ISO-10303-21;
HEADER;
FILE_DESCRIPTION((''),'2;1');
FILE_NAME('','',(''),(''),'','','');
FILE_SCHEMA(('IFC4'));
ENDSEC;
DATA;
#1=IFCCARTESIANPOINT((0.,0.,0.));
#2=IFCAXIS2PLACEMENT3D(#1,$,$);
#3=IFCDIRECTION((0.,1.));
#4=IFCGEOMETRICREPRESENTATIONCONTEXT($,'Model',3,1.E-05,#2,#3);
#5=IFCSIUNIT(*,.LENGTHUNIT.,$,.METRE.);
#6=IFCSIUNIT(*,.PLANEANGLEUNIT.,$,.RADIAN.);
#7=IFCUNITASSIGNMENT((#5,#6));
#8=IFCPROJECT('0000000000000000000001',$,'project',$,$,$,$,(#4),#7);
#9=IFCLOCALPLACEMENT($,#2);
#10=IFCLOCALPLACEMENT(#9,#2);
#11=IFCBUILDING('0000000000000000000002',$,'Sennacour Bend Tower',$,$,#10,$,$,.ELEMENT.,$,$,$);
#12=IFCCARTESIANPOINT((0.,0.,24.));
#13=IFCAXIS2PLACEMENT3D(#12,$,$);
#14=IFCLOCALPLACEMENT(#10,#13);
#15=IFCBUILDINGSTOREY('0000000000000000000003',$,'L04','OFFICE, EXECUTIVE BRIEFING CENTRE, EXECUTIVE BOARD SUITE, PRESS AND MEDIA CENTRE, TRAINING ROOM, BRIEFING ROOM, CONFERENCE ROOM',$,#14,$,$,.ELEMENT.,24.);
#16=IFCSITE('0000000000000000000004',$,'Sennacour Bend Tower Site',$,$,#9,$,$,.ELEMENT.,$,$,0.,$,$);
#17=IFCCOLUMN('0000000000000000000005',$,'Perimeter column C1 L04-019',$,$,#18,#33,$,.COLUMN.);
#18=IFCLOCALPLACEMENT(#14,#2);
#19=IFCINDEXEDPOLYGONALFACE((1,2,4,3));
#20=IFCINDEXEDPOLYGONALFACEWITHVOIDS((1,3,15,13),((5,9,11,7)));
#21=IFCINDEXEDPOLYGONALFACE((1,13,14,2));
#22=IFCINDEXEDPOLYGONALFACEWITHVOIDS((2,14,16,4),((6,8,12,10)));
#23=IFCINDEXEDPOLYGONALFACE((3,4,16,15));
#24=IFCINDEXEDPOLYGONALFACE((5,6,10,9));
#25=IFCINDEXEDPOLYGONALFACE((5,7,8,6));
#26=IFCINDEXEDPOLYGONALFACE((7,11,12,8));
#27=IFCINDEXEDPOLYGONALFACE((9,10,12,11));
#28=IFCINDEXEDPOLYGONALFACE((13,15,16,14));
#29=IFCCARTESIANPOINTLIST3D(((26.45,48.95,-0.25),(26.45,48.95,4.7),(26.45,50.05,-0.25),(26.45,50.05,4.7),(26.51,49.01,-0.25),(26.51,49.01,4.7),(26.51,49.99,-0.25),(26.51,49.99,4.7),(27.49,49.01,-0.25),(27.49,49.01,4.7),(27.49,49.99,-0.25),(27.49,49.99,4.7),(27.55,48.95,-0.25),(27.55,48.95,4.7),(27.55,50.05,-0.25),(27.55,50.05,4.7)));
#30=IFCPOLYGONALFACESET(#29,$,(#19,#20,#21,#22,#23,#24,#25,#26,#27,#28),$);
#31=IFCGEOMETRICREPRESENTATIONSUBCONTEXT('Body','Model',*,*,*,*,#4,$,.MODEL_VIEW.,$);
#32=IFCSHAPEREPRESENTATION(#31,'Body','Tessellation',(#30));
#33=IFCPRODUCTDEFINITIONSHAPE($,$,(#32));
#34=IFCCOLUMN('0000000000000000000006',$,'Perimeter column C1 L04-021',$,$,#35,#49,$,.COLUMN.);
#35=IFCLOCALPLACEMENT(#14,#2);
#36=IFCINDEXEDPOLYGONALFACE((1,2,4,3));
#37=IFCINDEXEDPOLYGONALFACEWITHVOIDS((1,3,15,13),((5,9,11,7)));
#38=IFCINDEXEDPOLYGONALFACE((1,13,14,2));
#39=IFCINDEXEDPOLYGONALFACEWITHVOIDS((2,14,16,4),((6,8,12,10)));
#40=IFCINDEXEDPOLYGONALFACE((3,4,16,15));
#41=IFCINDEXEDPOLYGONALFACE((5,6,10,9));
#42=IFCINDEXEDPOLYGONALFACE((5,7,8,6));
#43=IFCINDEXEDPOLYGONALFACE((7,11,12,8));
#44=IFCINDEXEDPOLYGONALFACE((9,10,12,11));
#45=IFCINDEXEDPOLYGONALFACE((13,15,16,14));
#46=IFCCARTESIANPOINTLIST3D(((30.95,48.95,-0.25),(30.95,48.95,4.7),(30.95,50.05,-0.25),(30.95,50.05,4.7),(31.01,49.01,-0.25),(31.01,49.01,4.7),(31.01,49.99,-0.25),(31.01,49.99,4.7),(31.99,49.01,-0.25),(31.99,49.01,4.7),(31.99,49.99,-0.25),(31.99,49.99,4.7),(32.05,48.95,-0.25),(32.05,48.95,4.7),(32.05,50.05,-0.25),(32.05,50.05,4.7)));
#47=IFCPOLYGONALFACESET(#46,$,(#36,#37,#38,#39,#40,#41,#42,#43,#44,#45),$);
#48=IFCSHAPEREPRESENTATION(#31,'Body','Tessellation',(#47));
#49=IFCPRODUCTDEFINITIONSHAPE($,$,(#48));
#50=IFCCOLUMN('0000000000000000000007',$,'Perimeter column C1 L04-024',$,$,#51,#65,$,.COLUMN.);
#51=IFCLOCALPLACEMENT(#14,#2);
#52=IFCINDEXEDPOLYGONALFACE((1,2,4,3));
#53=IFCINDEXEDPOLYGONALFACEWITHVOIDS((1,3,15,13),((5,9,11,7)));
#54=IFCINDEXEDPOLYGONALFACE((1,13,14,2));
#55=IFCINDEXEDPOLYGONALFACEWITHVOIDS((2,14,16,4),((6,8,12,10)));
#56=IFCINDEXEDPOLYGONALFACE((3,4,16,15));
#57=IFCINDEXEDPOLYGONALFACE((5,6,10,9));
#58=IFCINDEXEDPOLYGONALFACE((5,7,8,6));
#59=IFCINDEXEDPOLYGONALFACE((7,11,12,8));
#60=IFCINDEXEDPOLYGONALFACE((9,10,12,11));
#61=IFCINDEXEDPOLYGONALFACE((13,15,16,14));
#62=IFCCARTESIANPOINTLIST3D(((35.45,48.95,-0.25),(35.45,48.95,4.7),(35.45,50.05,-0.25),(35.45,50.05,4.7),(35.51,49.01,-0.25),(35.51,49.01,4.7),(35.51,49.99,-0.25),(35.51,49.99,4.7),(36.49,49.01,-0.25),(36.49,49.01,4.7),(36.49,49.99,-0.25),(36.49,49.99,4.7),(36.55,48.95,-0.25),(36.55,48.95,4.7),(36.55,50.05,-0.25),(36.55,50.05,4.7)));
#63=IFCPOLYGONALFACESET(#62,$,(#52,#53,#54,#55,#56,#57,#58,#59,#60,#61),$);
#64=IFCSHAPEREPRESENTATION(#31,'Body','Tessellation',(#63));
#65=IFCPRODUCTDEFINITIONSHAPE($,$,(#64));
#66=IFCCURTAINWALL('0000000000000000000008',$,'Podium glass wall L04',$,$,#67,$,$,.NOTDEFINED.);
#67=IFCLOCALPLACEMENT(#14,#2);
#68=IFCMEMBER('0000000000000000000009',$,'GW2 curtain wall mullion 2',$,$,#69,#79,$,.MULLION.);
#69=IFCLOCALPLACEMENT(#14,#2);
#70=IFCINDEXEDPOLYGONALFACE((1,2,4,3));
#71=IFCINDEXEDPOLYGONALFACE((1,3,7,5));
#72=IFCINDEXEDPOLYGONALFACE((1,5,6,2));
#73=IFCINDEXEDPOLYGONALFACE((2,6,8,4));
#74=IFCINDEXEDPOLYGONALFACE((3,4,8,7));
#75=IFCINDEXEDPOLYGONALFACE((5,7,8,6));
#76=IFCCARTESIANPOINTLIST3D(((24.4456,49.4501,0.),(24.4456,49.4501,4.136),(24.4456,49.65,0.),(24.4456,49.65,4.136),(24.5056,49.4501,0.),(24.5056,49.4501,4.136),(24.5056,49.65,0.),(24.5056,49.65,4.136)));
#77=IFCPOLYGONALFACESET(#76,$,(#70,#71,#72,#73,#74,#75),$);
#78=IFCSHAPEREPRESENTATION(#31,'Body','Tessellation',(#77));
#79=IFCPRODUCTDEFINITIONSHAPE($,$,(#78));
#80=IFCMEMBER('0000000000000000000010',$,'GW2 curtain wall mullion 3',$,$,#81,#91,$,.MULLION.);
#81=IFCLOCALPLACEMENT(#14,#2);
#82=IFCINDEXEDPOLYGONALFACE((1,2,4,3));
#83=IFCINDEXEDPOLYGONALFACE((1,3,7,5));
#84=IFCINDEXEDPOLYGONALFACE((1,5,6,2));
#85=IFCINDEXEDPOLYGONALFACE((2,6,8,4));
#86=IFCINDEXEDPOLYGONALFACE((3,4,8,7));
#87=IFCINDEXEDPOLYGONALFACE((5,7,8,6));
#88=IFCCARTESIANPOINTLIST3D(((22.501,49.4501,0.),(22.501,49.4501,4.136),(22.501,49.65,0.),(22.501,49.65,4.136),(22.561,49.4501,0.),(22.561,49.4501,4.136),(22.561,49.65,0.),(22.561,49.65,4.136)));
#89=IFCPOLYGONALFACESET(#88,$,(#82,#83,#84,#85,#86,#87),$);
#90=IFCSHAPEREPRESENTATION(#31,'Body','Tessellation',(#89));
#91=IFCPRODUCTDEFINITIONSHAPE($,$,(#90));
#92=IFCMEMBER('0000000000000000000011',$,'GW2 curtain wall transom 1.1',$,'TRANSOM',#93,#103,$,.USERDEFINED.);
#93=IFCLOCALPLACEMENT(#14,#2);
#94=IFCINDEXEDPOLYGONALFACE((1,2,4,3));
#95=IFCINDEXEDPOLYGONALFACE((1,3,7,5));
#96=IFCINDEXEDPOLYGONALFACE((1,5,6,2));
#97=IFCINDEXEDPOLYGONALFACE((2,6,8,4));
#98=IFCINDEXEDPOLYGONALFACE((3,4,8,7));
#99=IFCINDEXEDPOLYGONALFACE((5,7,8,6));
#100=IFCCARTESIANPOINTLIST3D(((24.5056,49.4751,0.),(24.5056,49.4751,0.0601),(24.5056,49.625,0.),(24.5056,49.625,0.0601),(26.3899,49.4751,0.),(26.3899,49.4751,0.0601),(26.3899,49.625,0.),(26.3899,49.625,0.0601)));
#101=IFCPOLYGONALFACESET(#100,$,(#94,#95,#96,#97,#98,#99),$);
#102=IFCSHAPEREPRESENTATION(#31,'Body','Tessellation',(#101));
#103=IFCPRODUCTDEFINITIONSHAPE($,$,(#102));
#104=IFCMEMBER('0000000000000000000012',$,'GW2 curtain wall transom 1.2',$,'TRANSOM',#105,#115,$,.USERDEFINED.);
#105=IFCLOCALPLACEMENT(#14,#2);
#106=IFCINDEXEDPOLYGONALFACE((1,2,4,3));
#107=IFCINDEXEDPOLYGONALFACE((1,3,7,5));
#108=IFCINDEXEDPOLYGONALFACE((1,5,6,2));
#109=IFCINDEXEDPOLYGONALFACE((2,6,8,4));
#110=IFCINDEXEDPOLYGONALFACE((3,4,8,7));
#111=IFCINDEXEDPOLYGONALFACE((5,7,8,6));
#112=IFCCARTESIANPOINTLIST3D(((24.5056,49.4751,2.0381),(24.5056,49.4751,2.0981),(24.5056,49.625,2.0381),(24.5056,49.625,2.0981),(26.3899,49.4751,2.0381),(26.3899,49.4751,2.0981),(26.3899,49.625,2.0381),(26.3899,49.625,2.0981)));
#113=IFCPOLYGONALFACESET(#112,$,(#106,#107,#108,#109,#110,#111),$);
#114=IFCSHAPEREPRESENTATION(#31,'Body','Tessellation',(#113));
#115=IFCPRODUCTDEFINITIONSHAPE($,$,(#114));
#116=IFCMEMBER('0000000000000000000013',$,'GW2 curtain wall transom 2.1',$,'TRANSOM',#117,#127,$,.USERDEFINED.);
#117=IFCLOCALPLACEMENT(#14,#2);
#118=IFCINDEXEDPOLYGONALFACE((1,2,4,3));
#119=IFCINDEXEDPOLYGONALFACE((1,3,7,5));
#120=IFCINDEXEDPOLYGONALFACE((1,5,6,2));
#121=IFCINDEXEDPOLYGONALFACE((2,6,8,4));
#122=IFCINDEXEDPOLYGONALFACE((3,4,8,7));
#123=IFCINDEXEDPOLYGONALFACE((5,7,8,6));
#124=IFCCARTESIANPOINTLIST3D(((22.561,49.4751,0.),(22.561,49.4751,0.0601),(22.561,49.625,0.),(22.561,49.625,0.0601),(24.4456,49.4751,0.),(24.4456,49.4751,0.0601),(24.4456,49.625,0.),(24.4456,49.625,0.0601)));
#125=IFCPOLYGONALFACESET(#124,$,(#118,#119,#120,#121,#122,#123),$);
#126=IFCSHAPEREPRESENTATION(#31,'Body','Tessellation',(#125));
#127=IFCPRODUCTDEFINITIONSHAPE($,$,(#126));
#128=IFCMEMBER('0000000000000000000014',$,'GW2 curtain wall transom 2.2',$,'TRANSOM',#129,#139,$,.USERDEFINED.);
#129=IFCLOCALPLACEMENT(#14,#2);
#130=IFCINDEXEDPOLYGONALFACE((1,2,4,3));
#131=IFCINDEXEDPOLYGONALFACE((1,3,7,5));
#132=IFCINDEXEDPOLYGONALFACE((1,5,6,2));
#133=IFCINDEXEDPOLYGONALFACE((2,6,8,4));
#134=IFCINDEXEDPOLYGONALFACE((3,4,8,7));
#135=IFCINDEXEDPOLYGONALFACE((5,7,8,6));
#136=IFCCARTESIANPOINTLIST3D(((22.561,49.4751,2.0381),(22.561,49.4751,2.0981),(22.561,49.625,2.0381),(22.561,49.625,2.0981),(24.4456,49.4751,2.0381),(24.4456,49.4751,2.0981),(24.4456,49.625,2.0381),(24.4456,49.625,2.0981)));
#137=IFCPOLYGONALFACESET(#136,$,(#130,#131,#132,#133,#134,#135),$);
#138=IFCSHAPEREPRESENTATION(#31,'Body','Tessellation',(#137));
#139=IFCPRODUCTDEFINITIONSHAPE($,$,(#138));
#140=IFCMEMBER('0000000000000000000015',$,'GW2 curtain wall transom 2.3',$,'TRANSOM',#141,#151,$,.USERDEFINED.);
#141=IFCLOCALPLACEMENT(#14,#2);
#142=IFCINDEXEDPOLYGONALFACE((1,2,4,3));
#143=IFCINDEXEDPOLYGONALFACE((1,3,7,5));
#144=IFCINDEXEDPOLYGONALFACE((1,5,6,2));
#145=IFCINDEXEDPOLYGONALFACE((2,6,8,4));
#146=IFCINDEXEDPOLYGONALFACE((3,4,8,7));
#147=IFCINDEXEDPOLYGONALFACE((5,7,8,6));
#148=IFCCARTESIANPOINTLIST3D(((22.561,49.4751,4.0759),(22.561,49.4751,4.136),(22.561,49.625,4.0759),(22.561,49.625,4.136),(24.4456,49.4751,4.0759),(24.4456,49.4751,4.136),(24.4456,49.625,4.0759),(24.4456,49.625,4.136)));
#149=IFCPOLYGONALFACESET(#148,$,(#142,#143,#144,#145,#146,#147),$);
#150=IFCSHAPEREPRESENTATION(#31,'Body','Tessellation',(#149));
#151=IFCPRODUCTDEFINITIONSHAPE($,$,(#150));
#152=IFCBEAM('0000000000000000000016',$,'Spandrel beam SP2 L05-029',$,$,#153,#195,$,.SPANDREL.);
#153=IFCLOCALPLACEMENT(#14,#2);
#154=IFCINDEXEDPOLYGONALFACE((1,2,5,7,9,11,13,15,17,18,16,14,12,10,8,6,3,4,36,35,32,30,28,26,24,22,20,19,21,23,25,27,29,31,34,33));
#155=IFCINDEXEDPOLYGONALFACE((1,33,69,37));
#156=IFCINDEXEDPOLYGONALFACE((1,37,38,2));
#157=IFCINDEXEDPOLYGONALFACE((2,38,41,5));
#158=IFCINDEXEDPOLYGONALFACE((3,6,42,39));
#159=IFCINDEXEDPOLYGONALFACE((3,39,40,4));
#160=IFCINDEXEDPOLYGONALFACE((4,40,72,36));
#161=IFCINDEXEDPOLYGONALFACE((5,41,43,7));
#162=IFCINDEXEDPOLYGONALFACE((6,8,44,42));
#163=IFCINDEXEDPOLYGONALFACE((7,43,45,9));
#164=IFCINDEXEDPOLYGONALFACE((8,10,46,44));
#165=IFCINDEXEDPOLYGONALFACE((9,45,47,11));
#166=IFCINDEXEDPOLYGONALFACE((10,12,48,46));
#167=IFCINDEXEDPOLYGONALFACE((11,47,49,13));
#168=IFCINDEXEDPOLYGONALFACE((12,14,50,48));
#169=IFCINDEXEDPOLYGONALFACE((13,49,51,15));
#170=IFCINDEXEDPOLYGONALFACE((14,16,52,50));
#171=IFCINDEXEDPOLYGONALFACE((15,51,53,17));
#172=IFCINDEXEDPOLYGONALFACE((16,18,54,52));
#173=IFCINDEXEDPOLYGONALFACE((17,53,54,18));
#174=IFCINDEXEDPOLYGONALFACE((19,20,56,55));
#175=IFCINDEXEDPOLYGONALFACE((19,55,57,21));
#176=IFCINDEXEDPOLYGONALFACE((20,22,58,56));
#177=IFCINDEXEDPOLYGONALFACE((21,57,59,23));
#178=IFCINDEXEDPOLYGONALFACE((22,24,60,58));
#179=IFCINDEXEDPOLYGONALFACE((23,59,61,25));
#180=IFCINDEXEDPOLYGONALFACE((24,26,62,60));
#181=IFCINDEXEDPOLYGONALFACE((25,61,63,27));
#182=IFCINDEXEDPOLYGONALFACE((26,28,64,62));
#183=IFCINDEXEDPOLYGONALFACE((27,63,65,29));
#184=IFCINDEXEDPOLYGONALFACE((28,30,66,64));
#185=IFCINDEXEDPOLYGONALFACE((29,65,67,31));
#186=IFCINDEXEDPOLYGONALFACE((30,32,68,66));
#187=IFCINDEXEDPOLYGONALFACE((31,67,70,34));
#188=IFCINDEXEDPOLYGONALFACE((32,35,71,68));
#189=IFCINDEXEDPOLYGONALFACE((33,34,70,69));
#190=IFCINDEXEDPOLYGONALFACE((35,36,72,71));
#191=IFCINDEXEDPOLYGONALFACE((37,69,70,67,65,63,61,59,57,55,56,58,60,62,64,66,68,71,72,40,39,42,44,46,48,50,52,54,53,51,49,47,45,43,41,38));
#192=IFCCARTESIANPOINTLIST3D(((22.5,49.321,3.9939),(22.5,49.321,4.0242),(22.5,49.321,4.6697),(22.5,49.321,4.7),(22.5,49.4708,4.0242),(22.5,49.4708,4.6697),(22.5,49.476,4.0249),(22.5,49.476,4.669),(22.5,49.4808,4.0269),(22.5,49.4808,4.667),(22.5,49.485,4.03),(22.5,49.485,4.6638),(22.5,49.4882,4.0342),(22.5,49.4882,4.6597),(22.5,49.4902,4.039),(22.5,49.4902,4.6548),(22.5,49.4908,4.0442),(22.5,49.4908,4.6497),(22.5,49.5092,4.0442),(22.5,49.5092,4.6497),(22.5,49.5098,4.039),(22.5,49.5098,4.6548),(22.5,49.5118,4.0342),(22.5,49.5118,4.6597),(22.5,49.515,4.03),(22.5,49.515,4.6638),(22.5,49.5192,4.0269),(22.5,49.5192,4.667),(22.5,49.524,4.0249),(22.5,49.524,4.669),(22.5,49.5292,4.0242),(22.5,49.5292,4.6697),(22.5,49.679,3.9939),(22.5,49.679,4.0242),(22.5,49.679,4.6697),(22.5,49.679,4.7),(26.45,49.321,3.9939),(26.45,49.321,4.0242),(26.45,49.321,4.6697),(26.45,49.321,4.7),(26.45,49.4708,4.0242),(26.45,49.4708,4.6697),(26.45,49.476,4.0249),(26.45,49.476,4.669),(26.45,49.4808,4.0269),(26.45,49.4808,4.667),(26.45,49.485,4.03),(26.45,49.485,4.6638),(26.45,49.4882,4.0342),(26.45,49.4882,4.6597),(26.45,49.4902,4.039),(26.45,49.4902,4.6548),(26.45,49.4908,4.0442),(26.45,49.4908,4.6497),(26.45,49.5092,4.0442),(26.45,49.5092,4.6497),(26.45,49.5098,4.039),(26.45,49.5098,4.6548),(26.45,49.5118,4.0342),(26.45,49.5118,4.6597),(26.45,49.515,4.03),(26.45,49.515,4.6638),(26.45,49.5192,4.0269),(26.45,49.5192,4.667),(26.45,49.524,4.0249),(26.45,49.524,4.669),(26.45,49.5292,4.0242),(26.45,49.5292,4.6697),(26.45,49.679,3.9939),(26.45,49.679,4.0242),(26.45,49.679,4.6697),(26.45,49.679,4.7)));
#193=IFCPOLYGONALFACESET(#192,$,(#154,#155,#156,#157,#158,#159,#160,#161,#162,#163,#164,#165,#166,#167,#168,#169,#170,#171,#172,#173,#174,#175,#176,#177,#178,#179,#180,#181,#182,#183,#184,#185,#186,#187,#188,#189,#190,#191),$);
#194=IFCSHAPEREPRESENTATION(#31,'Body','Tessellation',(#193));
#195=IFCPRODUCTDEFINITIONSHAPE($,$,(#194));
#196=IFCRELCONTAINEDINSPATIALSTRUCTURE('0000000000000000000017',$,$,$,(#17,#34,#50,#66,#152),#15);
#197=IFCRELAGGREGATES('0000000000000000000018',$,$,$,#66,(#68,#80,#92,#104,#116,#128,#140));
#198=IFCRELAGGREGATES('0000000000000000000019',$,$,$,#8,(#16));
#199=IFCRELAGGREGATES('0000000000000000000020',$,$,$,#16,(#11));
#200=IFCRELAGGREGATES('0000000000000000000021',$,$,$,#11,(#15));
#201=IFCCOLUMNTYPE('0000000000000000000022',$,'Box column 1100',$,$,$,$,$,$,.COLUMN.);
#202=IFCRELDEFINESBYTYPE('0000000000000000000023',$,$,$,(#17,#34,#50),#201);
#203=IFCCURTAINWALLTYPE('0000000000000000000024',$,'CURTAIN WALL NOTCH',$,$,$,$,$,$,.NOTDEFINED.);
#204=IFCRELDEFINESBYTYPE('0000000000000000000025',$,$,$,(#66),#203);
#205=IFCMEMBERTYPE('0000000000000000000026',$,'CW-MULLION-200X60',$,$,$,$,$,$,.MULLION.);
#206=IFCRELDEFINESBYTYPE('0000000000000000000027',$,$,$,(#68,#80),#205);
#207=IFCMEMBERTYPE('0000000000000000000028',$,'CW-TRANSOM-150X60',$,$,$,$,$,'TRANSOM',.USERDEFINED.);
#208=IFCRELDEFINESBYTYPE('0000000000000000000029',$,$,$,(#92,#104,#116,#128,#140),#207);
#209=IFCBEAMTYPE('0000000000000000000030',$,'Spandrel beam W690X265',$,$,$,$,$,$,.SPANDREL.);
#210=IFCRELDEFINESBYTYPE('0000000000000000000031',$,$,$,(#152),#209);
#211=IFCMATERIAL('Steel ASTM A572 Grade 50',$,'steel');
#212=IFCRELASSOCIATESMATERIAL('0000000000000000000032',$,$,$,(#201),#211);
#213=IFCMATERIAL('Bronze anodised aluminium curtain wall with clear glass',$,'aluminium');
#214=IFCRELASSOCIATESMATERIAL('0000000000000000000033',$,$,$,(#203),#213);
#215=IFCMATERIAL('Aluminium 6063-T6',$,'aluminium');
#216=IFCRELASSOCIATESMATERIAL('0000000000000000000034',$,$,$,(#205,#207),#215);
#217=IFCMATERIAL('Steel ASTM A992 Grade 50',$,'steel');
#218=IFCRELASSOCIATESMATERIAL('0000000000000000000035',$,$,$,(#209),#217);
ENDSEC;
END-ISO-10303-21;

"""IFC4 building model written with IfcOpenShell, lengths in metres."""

from ifc_helpers import new_model, si_unit, direction, frame, origin, origin_2d, place, context, subcontext, project, spatial, rectangle, hollow_rectangle, i_section, extrude, material, material_profile, profile_set, type_object, element, aggregate, save


model = new_model("IFC4")

# Units and contexts
model_context = context("Model", 3, precision=1e-05, world=origin(), true_north=direction((0.0, 1.0)))
body_context = subcontext(model_context, "Body", "Model", "MODEL_VIEW")
ifc_project = project(units=[si_unit("LENGTHUNIT", "METRE"), si_unit("PLANEANGLEUNIT", "RADIAN")], contexts=[model_context])

# Site, building, storey
site_placement = place(None, origin())
site = spatial("IfcSite", under=ifc_project, at=site_placement, Name="Sennacour Bend Tower Site", CompositionType="ELEMENT", RefElevation=0.0)
building_placement = place(site_placement, origin())
building = spatial("IfcBuilding", under=site, at=building_placement, Name="Sennacour Bend Tower", CompositionType="ELEMENT")
storey_placement = place(building_placement, frame((0.0, 0.0, 24.0)))
storey = spatial("IfcBuildingStorey", under=building, at=storey_placement, Name="L04", Description="OFFICE, EXECUTIVE BRIEFING CENTRE, EXECUTIVE BOARD SUITE, PRESS AND MEDIA CENTRE, TRAINING ROOM, BRIEFING ROOM, CONFERENCE ROOM", CompositionType="ELEMENT", Elevation=24.0)

# Columns
ifc_material_1 = material(Name="Steel ASTM A572 Grade 50", Category="steel")
ifc_material_profile_1 = material_profile(ifc_material_1, hollow_rectangle(XDim=1.1001, YDim=1.1001, WallThickness=0.0601, at=origin_2d()), Name="Steel ASTM A572 Grade 50", Category="steel")
ifc_profile_set_1 = profile_set([ifc_material_profile_1], Name="Steel ASTM A572 Grade 50")
column_type = type_object("IfcColumnType", Name="Box column 1100", PredefinedType="COLUMN", material=ifc_profile_set_1)
for number, where, z_axis, x_axis, name in (
    (1, (27.0, 49.5, -0.25), (0.0, 0.0, 1.0), (1.0, 0.0, 0.0), "Perimeter column C1 L04-019"),
    (2, (31.5, 49.5, -0.25), (0.0, 0.0, 1.0), (1.0, 0.0, 0.0), "Perimeter column C1 L04-021"),
    (3, (36.0, 49.5, -0.25), (0.0, 0.0, 1.0), (1.0, 0.0, 0.0), "Perimeter column C1 L04-024"),
):
    element("IfcColumn", number, at=place(storey_placement, frame(where, z_axis=z_axis, x_axis=x_axis)), inside=storey, type_object=column_type, Name=name, PredefinedType="COLUMN", context=body_context, shape_type="SweptSolid", body=[
        extrude(hollow_rectangle(XDim=1.1001, YDim=1.1001, WallThickness=0.0601, at=origin_2d()), origin(), (0.0, 0.0, 1.0), 4.95),
    ])

# Curtain wall, members
ifc_material_2 = material(Name="Bronze anodised aluminium curtain wall with clear glass", Category="aluminium")
curtain_wall_type = type_object("IfcCurtainWallType", Name="CURTAIN WALL NOTCH", PredefinedType="NOTDEFINED", material=ifc_material_2)
curtain_wall_placement = place(storey_placement, origin())
curtain_wall = element("IfcCurtainWall", 4, at=curtain_wall_placement, inside=storey, type_object=curtain_wall_type, Name="Podium glass wall L04", PredefinedType="NOTDEFINED")
ifc_material_3 = material(Name="Aluminium 6063-T6", Category="aluminium")
ifc_material_profile_2 = material_profile(ifc_material_3, rectangle(XDim=0.2, YDim=0.0601, at=origin_2d()), Name="Aluminium 6063-T6", Category="aluminium")
ifc_profile_set_2 = profile_set([ifc_material_profile_2], Name="Aluminium 6063-T6")
member_type_1 = type_object("IfcMemberType", Name="CW-MULLION-200X60", PredefinedType="MULLION", material=ifc_profile_set_2)
member_1_placement = place(storey_placement, frame((24.4756, 49.55, 0.0), z_axis=(0.0, 0.0, 1.0), x_axis=(0.0, -1.0, 0.0)))
member_1 = element("IfcMember", 5, at=member_1_placement, type_object=member_type_1, Name="GW2 curtain wall mullion 2", PredefinedType="MULLION", context=body_context, shape_type="SweptSolid", body=[
    extrude(rectangle(XDim=0.2, YDim=0.0601, at=origin_2d()), origin(), (0.0, 0.0, 1.0), 4.136),
])
member_2_placement = place(storey_placement, frame((22.531, 49.55, 0.0), z_axis=(0.0, 0.0, 1.0), x_axis=(0.0, -1.0, 0.0)))
member_2 = element("IfcMember", 6, at=member_2_placement, type_object=member_type_1, Name="GW2 curtain wall mullion 3", PredefinedType="MULLION", context=body_context, shape_type="SweptSolid", body=[
    extrude(rectangle(XDim=0.2, YDim=0.0601, at=origin_2d()), origin(), (0.0, 0.0, 1.0), 4.136),
])
ifc_material_profile_3 = material_profile(ifc_material_3, rectangle(XDim=0.1499, YDim=0.0601, at=origin_2d()), Name="Aluminium 6063-T6", Category="aluminium")
ifc_profile_set_3 = profile_set([ifc_material_profile_3], Name="Aluminium 6063-T6")
member_type_2 = type_object("IfcMemberType", Name="CW-TRANSOM-150X60", ElementType="TRANSOM", PredefinedType="USERDEFINED", material=ifc_profile_set_3)
member_3_placement = place(storey_placement, frame((26.3899, 49.55, 0.03), z_axis=(-1.0, 0.0, 0.0), x_axis=(0.0, -1.0, 0.0)))
member_3 = element("IfcMember", 7, at=member_3_placement, type_object=member_type_2, Name="GW2 curtain wall transom 1.1", ObjectType="TRANSOM", PredefinedType="USERDEFINED", context=body_context, shape_type="SweptSolid", body=[
    extrude(rectangle(XDim=0.1499, YDim=0.0601, at=origin_2d()), origin(), (0.0, 0.0, 1.0), 1.8843),
])
member_4_placement = place(storey_placement, frame((26.3899, 49.55, 2.0681), z_axis=(-1.0, 0.0, 0.0), x_axis=(0.0, -1.0, 0.0)))
member_4 = element("IfcMember", 8, at=member_4_placement, type_object=member_type_2, Name="GW2 curtain wall transom 1.2", ObjectType="TRANSOM", PredefinedType="USERDEFINED", context=body_context, shape_type="SweptSolid", body=[
    extrude(rectangle(XDim=0.1499, YDim=0.0601, at=origin_2d()), origin(), (0.0, 0.0, 1.0), 1.8843),
])
member_5_placement = place(storey_placement, frame((24.4456, 49.55, 0.03), z_axis=(-1.0, 0.0, 0.0), x_axis=(0.0, -1.0, 0.0)))
member_5 = element("IfcMember", 9, at=member_5_placement, type_object=member_type_2, Name="GW2 curtain wall transom 2.1", ObjectType="TRANSOM", PredefinedType="USERDEFINED", context=body_context, shape_type="SweptSolid", body=[
    extrude(rectangle(XDim=0.1499, YDim=0.0601, at=origin_2d()), origin(), (0.0, 0.0, 1.0), 1.8845),
])
member_6_placement = place(storey_placement, frame((24.4456, 49.55, 2.0681), z_axis=(-1.0, 0.0, 0.0), x_axis=(0.0, -1.0, 0.0)))
member_6 = element("IfcMember", 10, at=member_6_placement, type_object=member_type_2, Name="GW2 curtain wall transom 2.2", ObjectType="TRANSOM", PredefinedType="USERDEFINED", context=body_context, shape_type="SweptSolid", body=[
    extrude(rectangle(XDim=0.1499, YDim=0.0601, at=origin_2d()), origin(), (0.0, 0.0, 1.0), 1.8845),
])
member_7_placement = place(storey_placement, frame((24.4456, 49.55, 4.106), z_axis=(-1.0, 0.0, 0.0), x_axis=(0.0, -1.0, 0.0)))
member_7 = element("IfcMember", 11, at=member_7_placement, type_object=member_type_2, Name="GW2 curtain wall transom 2.3", ObjectType="TRANSOM", PredefinedType="USERDEFINED", context=body_context, shape_type="SweptSolid", body=[
    extrude(rectangle(XDim=0.1499, YDim=0.0601, at=origin_2d()), origin(), (0.0, 0.0, 1.0), 1.8845),
])

# Beam
ifc_material_4 = material(Name="Steel ASTM A992 Grade 50", Category="steel")
ifc_material_profile_4 = material_profile(ifc_material_4, i_section(OverallWidth=0.3579, OverallDepth=0.7061, WebThickness=0.0183, FlangeThickness=0.0303, FilletRadius=0.02, at=origin_2d()), Name="Steel ASTM A992 Grade 50", Category="steel")
ifc_profile_set_4 = profile_set([ifc_material_profile_4], Name="Steel ASTM A992 Grade 50")
beam_type = type_object("IfcBeamType", Name="Spandrel beam W690X265", PredefinedType="SPANDREL", material=ifc_profile_set_4)
beam_placement = place(storey_placement, frame((22.5, 49.5, 4.3469), z_axis=(1.0, 0.0, 0.0), x_axis=(0.0, 1.0, 0.0)))
element("IfcBeam", 12, at=beam_placement, inside=storey, type_object=beam_type, Name="Spandrel beam SP2 L05-029", PredefinedType="SPANDREL", context=body_context, shape_type="SweptSolid", body=[
    extrude(i_section(OverallWidth=0.3579, OverallDepth=0.7061, WebThickness=0.0183, FlangeThickness=0.0303, FilletRadius=0.02, at=origin_2d()), origin(), (0.0, 0.0, 1.0), 3.95),
])

aggregate(curtain_wall, [member_1, member_2, member_3, member_4, member_5, member_6, member_7])

save(model, "model.ifc")
